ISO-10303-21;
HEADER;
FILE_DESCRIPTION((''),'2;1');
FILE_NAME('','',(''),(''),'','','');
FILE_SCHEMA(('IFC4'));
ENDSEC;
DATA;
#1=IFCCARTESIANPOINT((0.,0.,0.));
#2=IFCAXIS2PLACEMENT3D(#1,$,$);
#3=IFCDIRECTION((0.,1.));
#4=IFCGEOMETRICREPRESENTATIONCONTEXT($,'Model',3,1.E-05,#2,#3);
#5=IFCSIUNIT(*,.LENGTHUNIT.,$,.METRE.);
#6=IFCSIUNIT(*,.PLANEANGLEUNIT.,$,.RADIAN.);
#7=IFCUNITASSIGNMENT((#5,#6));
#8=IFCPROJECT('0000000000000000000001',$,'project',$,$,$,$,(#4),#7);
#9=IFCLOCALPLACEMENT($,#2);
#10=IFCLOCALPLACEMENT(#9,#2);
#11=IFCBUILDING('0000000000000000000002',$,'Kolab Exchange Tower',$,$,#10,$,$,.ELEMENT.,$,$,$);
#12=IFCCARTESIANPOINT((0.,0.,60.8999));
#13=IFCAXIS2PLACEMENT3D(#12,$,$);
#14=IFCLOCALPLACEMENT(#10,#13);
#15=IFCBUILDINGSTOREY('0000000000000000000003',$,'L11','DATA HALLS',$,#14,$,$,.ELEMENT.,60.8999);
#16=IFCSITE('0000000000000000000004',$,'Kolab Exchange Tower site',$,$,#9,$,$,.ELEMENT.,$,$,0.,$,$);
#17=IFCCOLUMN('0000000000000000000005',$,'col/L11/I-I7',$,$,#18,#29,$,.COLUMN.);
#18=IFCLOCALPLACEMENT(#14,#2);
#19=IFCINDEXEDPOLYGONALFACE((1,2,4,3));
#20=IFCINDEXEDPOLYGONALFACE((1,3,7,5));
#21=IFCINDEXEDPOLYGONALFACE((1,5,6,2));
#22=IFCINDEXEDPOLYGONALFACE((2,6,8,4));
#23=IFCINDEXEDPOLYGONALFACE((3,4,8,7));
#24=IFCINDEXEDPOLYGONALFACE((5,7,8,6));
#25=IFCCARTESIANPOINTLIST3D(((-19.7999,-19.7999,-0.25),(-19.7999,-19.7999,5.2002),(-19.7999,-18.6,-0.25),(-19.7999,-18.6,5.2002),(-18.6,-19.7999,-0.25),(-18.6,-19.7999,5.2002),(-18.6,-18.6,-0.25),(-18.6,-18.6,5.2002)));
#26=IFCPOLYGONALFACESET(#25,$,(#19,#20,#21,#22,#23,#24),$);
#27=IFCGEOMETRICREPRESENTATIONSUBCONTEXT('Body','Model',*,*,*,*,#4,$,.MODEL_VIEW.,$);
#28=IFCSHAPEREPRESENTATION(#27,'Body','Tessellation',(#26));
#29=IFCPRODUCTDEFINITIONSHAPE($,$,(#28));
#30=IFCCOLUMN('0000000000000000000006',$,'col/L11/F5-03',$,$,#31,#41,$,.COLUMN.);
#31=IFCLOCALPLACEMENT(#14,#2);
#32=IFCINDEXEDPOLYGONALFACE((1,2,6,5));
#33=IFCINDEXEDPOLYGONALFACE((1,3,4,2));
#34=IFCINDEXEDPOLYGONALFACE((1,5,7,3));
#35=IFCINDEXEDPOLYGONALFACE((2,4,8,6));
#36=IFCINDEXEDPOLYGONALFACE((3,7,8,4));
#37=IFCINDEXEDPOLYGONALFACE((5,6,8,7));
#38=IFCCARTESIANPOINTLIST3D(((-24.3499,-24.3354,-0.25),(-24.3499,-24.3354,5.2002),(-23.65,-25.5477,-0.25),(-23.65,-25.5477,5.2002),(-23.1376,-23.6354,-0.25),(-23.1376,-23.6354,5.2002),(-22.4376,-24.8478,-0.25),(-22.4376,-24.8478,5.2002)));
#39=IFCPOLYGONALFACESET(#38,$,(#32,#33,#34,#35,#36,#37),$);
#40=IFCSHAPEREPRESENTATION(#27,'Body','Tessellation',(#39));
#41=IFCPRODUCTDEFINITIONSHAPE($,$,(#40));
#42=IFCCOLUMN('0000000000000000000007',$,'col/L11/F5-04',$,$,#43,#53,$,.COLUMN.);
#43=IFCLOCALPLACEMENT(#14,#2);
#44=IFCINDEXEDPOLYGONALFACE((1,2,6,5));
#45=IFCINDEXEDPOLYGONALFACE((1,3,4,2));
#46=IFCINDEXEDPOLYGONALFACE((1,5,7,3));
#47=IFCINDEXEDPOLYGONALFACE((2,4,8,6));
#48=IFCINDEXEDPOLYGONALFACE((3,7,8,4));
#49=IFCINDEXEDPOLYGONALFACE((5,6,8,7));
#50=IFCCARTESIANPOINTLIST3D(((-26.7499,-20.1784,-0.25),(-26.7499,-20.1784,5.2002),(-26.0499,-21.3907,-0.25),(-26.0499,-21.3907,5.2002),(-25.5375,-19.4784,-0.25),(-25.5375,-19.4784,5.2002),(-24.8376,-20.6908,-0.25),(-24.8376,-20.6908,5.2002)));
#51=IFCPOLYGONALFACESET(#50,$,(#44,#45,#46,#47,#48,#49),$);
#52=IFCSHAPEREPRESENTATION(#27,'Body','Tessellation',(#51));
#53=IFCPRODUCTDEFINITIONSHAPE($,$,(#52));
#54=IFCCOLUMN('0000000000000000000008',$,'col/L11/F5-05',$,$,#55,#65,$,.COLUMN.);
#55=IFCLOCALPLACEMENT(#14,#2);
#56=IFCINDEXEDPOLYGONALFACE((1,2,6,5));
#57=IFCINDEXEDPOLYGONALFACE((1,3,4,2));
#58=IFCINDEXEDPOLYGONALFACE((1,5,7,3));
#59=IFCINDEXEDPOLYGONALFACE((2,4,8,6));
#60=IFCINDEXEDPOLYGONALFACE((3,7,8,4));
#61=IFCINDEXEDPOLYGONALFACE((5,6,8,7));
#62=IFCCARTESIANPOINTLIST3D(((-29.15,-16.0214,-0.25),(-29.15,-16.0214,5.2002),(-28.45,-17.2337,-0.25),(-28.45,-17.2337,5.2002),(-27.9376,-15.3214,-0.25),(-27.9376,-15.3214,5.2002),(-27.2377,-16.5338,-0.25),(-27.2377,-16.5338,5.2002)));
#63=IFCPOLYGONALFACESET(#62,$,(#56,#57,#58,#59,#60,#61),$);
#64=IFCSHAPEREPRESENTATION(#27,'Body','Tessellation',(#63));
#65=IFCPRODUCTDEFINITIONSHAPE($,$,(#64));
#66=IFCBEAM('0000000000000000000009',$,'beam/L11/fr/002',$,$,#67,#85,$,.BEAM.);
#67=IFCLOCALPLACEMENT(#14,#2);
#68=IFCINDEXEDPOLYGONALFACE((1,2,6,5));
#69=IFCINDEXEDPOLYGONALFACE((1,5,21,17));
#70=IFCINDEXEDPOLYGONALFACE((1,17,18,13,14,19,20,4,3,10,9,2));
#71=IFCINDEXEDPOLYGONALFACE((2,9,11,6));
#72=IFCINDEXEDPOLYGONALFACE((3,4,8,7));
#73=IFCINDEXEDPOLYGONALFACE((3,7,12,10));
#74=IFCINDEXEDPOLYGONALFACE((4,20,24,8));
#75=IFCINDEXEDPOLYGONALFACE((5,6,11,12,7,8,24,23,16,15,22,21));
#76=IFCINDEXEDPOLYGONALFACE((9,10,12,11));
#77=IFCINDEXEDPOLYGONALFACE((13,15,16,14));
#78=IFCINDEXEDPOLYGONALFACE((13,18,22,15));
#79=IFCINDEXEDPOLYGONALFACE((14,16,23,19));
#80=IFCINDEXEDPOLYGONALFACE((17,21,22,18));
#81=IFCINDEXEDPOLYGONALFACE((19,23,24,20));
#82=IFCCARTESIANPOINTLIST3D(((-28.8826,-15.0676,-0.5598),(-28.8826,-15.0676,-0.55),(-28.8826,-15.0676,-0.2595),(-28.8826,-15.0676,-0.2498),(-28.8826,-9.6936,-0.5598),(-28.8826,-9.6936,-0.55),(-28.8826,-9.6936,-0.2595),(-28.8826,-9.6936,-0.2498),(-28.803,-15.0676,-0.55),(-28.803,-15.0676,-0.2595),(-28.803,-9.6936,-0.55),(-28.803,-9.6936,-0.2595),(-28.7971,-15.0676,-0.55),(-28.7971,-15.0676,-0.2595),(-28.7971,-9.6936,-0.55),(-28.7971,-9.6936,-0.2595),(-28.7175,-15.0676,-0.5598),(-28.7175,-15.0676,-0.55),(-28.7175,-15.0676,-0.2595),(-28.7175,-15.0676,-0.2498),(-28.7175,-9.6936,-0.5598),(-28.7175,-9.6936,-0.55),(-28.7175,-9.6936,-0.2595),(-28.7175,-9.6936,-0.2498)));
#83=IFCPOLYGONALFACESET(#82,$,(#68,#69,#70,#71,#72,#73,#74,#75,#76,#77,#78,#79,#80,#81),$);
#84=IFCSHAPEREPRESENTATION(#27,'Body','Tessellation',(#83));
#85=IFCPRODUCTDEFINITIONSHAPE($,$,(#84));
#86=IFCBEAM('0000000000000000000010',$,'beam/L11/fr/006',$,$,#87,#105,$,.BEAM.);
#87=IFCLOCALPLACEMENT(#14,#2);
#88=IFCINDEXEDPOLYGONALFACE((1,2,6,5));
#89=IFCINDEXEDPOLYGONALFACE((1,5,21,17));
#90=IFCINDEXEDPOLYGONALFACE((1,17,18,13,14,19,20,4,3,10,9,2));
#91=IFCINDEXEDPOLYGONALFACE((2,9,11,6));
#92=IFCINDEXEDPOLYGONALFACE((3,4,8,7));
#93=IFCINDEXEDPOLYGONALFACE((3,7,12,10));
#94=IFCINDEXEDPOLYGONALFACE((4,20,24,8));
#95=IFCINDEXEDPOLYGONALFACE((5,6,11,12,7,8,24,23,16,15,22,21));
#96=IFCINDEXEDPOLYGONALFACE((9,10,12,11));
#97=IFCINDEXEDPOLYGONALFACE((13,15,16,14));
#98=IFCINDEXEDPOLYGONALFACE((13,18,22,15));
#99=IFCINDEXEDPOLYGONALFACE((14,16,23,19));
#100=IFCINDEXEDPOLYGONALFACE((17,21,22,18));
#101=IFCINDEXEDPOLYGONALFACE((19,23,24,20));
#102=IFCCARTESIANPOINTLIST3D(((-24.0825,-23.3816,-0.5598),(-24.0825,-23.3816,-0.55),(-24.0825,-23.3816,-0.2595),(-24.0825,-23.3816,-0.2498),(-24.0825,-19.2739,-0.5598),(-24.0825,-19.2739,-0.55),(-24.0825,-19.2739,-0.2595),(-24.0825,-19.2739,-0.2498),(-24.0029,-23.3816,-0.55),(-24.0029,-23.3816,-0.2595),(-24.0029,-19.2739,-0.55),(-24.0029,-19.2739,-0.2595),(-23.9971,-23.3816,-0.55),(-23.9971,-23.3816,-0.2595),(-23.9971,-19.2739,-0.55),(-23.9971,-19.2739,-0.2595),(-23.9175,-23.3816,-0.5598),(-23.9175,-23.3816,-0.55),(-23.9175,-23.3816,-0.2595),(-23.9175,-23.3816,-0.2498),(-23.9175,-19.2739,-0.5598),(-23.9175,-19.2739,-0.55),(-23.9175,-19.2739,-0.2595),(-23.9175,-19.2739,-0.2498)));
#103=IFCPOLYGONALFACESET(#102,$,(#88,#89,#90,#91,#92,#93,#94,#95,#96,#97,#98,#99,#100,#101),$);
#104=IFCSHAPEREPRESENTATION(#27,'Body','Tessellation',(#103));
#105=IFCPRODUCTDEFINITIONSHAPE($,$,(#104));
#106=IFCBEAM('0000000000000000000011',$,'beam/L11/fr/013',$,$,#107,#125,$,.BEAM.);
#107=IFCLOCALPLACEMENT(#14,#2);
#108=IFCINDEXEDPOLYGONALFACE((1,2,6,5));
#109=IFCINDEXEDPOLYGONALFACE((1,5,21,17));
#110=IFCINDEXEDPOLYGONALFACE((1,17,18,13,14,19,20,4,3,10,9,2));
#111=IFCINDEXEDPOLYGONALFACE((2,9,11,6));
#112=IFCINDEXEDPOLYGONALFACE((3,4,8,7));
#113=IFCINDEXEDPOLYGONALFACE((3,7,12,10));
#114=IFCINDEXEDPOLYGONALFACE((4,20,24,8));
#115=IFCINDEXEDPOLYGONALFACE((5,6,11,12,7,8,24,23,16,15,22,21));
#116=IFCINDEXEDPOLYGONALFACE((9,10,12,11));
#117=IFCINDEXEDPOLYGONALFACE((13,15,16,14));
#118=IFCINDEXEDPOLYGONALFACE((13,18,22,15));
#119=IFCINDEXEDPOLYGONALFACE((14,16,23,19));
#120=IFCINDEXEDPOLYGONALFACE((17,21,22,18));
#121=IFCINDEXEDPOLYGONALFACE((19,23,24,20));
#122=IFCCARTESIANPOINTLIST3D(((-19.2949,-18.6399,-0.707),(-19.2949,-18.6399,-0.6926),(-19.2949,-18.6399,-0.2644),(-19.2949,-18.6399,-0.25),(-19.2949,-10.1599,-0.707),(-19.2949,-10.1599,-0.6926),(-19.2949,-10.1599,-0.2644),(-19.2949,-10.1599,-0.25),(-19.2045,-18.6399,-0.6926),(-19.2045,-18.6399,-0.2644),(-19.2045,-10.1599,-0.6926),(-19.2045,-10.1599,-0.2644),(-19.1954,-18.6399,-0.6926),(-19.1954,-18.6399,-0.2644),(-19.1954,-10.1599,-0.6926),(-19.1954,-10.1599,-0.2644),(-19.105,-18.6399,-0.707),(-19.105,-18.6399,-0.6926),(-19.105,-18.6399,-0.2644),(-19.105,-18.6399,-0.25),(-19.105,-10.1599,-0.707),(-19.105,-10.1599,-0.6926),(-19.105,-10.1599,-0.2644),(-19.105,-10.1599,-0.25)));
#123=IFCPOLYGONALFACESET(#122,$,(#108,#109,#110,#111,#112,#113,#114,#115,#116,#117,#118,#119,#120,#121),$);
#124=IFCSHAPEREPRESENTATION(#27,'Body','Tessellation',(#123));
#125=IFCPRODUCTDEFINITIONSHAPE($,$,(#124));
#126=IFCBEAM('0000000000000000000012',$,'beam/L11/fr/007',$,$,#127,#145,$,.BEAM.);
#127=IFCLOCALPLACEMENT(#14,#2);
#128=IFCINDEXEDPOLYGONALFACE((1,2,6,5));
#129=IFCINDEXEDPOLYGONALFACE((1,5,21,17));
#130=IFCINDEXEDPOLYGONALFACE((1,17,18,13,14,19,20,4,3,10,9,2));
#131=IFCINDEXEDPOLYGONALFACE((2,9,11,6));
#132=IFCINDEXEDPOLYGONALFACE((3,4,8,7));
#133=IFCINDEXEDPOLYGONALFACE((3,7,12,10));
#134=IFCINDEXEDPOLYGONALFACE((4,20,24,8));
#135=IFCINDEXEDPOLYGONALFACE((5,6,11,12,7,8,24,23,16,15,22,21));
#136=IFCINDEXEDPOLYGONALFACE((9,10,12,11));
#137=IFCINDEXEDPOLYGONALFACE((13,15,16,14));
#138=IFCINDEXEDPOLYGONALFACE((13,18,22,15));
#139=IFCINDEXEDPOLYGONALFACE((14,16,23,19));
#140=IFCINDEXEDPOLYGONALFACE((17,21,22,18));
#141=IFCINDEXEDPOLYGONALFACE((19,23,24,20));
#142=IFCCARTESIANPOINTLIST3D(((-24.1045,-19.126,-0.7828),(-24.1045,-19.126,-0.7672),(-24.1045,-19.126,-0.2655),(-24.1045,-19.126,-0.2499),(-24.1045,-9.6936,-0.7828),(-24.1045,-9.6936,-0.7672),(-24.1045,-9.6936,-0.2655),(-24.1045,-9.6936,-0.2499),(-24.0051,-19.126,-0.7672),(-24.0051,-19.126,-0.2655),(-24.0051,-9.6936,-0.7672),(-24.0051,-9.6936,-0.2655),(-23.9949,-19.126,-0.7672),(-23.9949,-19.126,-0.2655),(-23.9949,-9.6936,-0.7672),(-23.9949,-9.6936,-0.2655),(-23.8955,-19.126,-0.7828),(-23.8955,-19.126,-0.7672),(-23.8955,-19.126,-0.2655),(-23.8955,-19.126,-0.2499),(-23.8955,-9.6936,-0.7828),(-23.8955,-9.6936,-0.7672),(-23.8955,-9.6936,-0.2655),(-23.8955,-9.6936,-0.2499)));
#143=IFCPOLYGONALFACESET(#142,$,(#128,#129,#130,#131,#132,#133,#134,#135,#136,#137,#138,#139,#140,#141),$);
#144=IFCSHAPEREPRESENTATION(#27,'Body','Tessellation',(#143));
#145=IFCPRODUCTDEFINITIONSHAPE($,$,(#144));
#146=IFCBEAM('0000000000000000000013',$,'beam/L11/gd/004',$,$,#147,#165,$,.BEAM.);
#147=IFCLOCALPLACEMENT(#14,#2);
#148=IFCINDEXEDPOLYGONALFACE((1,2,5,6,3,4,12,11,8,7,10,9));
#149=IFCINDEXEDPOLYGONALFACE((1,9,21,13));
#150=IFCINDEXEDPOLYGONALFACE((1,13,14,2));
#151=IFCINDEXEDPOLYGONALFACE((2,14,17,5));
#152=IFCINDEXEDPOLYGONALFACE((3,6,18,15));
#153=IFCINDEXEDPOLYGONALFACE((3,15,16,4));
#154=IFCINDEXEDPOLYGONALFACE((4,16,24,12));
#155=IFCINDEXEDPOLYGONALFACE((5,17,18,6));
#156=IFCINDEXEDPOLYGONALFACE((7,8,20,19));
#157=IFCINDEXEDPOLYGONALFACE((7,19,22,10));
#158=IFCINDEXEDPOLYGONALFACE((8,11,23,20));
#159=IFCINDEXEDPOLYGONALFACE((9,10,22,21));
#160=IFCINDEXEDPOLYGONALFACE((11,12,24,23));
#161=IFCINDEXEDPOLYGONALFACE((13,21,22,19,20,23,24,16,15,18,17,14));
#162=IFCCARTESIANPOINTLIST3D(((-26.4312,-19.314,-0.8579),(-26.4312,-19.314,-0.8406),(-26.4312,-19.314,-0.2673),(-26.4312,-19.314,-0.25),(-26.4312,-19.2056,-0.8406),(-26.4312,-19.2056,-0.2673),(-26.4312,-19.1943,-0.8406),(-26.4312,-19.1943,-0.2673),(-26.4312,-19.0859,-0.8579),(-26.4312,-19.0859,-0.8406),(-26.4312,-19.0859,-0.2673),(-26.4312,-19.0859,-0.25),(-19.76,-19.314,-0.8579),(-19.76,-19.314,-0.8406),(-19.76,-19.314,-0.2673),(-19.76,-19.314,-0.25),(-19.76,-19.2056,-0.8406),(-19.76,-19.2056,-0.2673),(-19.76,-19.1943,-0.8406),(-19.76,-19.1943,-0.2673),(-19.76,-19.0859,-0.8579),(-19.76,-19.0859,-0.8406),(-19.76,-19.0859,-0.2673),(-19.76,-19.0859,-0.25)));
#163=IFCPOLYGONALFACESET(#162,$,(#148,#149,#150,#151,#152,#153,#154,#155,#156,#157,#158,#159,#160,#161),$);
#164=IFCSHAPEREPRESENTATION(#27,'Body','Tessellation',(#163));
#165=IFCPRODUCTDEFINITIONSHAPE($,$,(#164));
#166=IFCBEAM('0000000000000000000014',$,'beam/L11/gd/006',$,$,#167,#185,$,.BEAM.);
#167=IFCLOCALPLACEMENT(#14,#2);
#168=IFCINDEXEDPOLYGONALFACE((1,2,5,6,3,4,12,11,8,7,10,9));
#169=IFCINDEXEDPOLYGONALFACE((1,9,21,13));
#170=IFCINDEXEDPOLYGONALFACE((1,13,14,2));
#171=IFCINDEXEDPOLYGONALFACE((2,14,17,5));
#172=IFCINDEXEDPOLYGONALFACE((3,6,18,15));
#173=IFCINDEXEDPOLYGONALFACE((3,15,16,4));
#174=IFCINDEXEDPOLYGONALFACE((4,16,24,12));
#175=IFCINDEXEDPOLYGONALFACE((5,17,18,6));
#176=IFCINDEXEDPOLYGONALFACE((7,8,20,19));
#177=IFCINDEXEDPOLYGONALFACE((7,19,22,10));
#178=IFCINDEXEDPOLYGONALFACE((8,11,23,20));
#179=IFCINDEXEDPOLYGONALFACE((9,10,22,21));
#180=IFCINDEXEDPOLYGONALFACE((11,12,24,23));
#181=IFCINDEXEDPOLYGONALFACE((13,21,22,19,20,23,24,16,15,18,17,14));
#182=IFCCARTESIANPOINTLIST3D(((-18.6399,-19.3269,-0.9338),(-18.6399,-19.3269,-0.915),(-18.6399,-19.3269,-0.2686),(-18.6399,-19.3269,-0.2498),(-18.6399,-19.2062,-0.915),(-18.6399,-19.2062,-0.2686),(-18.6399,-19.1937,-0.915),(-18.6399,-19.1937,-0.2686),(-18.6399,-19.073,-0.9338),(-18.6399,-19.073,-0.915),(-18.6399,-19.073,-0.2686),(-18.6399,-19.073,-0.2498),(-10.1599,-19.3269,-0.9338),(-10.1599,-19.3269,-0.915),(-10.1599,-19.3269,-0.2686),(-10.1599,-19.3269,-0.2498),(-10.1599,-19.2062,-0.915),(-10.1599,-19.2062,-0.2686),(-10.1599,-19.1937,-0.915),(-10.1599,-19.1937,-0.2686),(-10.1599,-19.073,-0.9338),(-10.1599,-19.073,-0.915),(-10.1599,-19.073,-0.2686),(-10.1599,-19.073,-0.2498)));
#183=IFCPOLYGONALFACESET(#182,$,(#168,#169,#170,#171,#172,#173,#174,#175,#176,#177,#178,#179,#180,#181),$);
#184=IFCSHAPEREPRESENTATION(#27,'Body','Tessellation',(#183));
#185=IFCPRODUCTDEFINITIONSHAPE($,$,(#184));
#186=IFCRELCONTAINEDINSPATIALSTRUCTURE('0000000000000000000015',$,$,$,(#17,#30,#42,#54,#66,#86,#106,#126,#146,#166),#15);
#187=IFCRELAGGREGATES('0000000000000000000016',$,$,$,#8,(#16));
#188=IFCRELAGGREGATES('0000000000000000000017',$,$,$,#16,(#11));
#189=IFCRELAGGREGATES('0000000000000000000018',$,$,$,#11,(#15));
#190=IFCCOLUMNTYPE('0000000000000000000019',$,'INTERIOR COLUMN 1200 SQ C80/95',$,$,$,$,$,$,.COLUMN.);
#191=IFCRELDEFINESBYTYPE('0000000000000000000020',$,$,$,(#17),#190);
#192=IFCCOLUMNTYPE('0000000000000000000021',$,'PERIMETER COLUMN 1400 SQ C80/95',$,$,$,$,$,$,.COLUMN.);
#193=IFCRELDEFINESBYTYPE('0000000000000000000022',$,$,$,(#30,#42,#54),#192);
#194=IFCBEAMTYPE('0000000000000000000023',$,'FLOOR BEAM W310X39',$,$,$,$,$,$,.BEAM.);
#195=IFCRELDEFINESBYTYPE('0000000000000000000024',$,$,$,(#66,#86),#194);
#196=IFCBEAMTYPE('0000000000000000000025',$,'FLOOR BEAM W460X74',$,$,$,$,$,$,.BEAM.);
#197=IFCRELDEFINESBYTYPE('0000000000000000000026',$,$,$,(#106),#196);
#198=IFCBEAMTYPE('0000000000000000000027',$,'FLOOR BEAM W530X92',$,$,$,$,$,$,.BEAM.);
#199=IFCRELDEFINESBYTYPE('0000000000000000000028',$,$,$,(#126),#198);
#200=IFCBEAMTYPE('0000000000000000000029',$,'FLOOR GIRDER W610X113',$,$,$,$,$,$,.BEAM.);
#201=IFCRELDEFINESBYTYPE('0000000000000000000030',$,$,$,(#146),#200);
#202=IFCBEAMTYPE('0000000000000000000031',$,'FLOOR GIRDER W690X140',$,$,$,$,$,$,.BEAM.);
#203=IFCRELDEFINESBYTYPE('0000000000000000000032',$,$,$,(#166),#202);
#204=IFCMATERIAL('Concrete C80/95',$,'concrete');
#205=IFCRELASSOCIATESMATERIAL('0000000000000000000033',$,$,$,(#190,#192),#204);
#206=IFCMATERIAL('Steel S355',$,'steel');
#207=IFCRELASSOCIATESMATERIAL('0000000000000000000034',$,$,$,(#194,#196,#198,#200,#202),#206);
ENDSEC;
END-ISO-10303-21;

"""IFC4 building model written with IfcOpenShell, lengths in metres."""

from ifc_helpers import new_model, si_unit, direction, frame, origin, origin_2d, place, context, subcontext, project, spatial, rectangle, i_section, extrude, material, material_profile, profile_set, type_object, element, save


model = new_model("IFC4")

# Units and contexts
model_context = context("Model", 3, precision=1e-05, world=origin(), true_north=direction((0.0, 1.0)))
body_context = subcontext(model_context, "Body", "Model", "MODEL_VIEW")
ifc_project = project(units=[si_unit("LENGTHUNIT", "METRE"), si_unit("PLANEANGLEUNIT", "RADIAN")], contexts=[model_context])

# Site, building, storey
site_placement = place(None, origin())
site = spatial("IfcSite", under=ifc_project, at=site_placement, Name="Kolab Exchange Tower site", CompositionType="ELEMENT", RefElevation=0.0)
building_placement = place(site_placement, origin())
building = spatial("IfcBuilding", under=site, at=building_placement, Name="Kolab Exchange Tower", CompositionType="ELEMENT")
storey_placement = place(building_placement, frame((0.0, 0.0, 60.8999)))
storey = spatial("IfcBuildingStorey", under=building, at=storey_placement, Name="L11", Description="DATA HALLS", CompositionType="ELEMENT", Elevation=60.8999)

# Columns
ifc_material_1 = material(Name="Concrete C80/95", Category="concrete")
ifc_material_profile_1 = material_profile(ifc_material_1, rectangle(XDim=1.2, YDim=1.2, at=origin_2d()), Name="RC1200")
ifc_profile_set_1 = profile_set([ifc_material_profile_1], Name="Concrete C80/95")
column_type_1 = type_object("IfcColumnType", Name="INTERIOR COLUMN 1200 SQ C80/95", PredefinedType="COLUMN", material=ifc_profile_set_1)
column_placement = place(storey_placement, frame((-19.2, -19.2, -0.25), z_axis=(0.0, 0.0, 1.0), x_axis=(1.0, 0.0, 0.0)))
element("IfcColumn", 1, at=column_placement, inside=storey, type_object=column_type_1, Name="col/L11/I-I7", PredefinedType="COLUMN", context=body_context, shape_type="SweptSolid", body=[
    extrude(rectangle(XDim=1.2, YDim=1.2, at=origin_2d()), origin(), (0.0, 0.0, 1.0), 5.4502),
])
ifc_material_profile_2 = material_profile(ifc_material_1, rectangle(XDim=1.3999, YDim=1.3999, at=origin_2d()), Name="RC1400")
ifc_profile_set_2 = profile_set([ifc_material_profile_2], Name="Concrete C80/95")
column_type_2 = type_object("IfcColumnType", Name="PERIMETER COLUMN 1400 SQ C80/95", PredefinedType="COLUMN", material=ifc_profile_set_2)
for number, where, z_axis, x_axis, name in (
    (2, (-23.3938, -24.5916, -0.25), (0.0, 0.0, 1.0), (0.866025, 0.5, 0.0), "col/L11/F5-03"),
    (3, (-25.7937, -20.4346, -0.25), (0.0, 0.0, 1.0), (0.866025, 0.5, 0.0), "col/L11/F5-04"),
    (4, (-28.1938, -16.2776, -0.25), (0.0, 0.0, 1.0), (0.866025, 0.5, 0.0), "col/L11/F5-05"),
):
    element("IfcColumn", number, at=place(storey_placement, frame(where, z_axis=z_axis, x_axis=x_axis)), inside=storey, type_object=column_type_2, Name=name, PredefinedType="COLUMN", context=body_context, shape_type="SweptSolid", body=[
        extrude(rectangle(XDim=1.3999, YDim=1.3999, at=origin_2d()), origin(), (0.0, 0.0, 1.0), 5.4502),
    ])

# Beams
ifc_material_2 = material(Name="Steel S355", Category="steel")
ifc_material_profile_3 = material_profile(ifc_material_2, i_section(OverallWidth=0.165, OverallDepth=0.3101, WebThickness=0.0059, FlangeThickness=0.0098, at=origin_2d()), Name="W310X39")
ifc_profile_set_3 = profile_set([ifc_material_profile_3], Name="Steel S355")
beam_type_1 = type_object("IfcBeamType", Name="FLOOR BEAM W310X39", PredefinedType="BEAM", material=ifc_profile_set_3)
beam_1_placement = place(storey_placement, frame((-28.8, -15.0676, -0.4048), z_axis=(0.0, 1.0, 0.0), x_axis=(-1.0, 0.0, 0.0)))
element("IfcBeam", 5, at=beam_1_placement, inside=storey, type_object=beam_type_1, Name="beam/L11/fr/002", PredefinedType="BEAM", context=body_context, shape_type="SweptSolid", body=[
    extrude(i_section(OverallWidth=0.165, OverallDepth=0.3101, WebThickness=0.0059, FlangeThickness=0.0098, at=origin_2d()), origin(), (0.0, 0.0, 1.0), 5.374),
])
beam_2_placement = place(storey_placement, frame((-24.0, -23.3816, -0.4048), z_axis=(0.0, 1.0, 0.0), x_axis=(-1.0, 0.0, 0.0)))
element("IfcBeam", 6, at=beam_2_placement, inside=storey, type_object=beam_type_1, Name="beam/L11/fr/006", PredefinedType="BEAM", context=body_context, shape_type="SweptSolid", body=[
    extrude(i_section(OverallWidth=0.165, OverallDepth=0.3101, WebThickness=0.0059, FlangeThickness=0.0098, at=origin_2d()), origin(), (0.0, 0.0, 1.0), 4.1077),
])
ifc_material_profile_4 = material_profile(ifc_material_2, i_section(OverallWidth=0.1899, OverallDepth=0.457, WebThickness=0.009, FlangeThickness=0.0144, at=origin_2d()), Name="W460X74")
ifc_profile_set_4 = profile_set([ifc_material_profile_4], Name="Steel S355")
beam_type_2 = type_object("IfcBeamType", Name="FLOOR BEAM W460X74", PredefinedType="BEAM", material=ifc_profile_set_4)
beam_3_placement = place(storey_placement, frame((-19.2, -18.6399, -0.4785), z_axis=(0.0, 1.0, 0.0), x_axis=(-1.0, 0.0, 0.0)))
element("IfcBeam", 7, at=beam_3_placement, inside=storey, type_object=beam_type_2, Name="beam/L11/fr/013", PredefinedType="BEAM", context=body_context, shape_type="SweptSolid", body=[
    extrude(i_section(OverallWidth=0.1899, OverallDepth=0.457, WebThickness=0.009, FlangeThickness=0.0144, at=origin_2d()), origin(), (0.0, 0.0, 1.0), 8.48),
])
ifc_material_profile_5 = material_profile(ifc_material_2, i_section(OverallWidth=0.209, OverallDepth=0.533, WebThickness=0.0103, FlangeThickness=0.0156, at=origin_2d()), Name="W530X92")
ifc_profile_set_5 = profile_set([ifc_material_profile_5], Name="Steel S355")
beam_type_3 = type_object("IfcBeamType", Name="FLOOR BEAM W530X92", PredefinedType="BEAM", material=ifc_profile_set_5)
beam_4_placement = place(storey_placement, frame((-24.0, -19.126, -0.5164), z_axis=(0.0, 1.0, 0.0), x_axis=(-1.0, 0.0, 0.0)))
element("IfcBeam", 8, at=beam_4_placement, inside=storey, type_object=beam_type_3, Name="beam/L11/fr/007", PredefinedType="BEAM", context=body_context, shape_type="SweptSolid", body=[
    extrude(i_section(OverallWidth=0.209, OverallDepth=0.533, WebThickness=0.0103, FlangeThickness=0.0156, at=origin_2d()), origin(), (0.0, 0.0, 1.0), 9.4324),
])
ifc_material_profile_6 = material_profile(ifc_material_2, i_section(OverallWidth=0.228, OverallDepth=0.6079, WebThickness=0.0112, FlangeThickness=0.0173, at=origin_2d()), Name="W610X113")
ifc_profile_set_6 = profile_set([ifc_material_profile_6], Name="Steel S355")
beam_type_4 = type_object("IfcBeamType", Name="FLOOR GIRDER W610X113", PredefinedType="BEAM", material=ifc_profile_set_6)
beam_5_placement = place(storey_placement, frame((-26.4312, -19.2, -0.554), z_axis=(1.0, 0.0, 0.0), x_axis=(0.0, 1.0, 0.0)))
element("IfcBeam", 9, at=beam_5_placement, inside=storey, type_object=beam_type_4, Name="beam/L11/gd/004", PredefinedType="BEAM", context=body_context, shape_type="SweptSolid", body=[
    extrude(i_section(OverallWidth=0.228, OverallDepth=0.6079, WebThickness=0.0112, FlangeThickness=0.0173, at=origin_2d()), origin(), (0.0, 0.0, 1.0), 6.6711),
])
ifc_material_profile_7 = material_profile(ifc_material_2, i_section(OverallWidth=0.2539, OverallDepth=0.6841, WebThickness=0.0125, FlangeThickness=0.0188, at=origin_2d()), Name="W690X140")
ifc_profile_set_7 = profile_set([ifc_material_profile_7], Name="Steel S355")
beam_type_5 = type_object("IfcBeamType", Name="FLOOR GIRDER W690X140", PredefinedType="BEAM", material=ifc_profile_set_7)
beam_6_placement = place(storey_placement, frame((-18.6399, -19.2, -0.5918), z_axis=(1.0, 0.0, 0.0), x_axis=(0.0, 1.0, 0.0)))
element("IfcBeam", 10, at=beam_6_placement, inside=storey, type_object=beam_type_5, Name="beam/L11/gd/006", PredefinedType="BEAM", context=body_context, shape_type="SweptSolid", body=[
    extrude(i_section(OverallWidth=0.2539, OverallDepth=0.6841, WebThickness=0.0125, FlangeThickness=0.0188, at=origin_2d()), origin(), (0.0, 0.0, 1.0), 8.48),
])

save(model, "model.ifc")
